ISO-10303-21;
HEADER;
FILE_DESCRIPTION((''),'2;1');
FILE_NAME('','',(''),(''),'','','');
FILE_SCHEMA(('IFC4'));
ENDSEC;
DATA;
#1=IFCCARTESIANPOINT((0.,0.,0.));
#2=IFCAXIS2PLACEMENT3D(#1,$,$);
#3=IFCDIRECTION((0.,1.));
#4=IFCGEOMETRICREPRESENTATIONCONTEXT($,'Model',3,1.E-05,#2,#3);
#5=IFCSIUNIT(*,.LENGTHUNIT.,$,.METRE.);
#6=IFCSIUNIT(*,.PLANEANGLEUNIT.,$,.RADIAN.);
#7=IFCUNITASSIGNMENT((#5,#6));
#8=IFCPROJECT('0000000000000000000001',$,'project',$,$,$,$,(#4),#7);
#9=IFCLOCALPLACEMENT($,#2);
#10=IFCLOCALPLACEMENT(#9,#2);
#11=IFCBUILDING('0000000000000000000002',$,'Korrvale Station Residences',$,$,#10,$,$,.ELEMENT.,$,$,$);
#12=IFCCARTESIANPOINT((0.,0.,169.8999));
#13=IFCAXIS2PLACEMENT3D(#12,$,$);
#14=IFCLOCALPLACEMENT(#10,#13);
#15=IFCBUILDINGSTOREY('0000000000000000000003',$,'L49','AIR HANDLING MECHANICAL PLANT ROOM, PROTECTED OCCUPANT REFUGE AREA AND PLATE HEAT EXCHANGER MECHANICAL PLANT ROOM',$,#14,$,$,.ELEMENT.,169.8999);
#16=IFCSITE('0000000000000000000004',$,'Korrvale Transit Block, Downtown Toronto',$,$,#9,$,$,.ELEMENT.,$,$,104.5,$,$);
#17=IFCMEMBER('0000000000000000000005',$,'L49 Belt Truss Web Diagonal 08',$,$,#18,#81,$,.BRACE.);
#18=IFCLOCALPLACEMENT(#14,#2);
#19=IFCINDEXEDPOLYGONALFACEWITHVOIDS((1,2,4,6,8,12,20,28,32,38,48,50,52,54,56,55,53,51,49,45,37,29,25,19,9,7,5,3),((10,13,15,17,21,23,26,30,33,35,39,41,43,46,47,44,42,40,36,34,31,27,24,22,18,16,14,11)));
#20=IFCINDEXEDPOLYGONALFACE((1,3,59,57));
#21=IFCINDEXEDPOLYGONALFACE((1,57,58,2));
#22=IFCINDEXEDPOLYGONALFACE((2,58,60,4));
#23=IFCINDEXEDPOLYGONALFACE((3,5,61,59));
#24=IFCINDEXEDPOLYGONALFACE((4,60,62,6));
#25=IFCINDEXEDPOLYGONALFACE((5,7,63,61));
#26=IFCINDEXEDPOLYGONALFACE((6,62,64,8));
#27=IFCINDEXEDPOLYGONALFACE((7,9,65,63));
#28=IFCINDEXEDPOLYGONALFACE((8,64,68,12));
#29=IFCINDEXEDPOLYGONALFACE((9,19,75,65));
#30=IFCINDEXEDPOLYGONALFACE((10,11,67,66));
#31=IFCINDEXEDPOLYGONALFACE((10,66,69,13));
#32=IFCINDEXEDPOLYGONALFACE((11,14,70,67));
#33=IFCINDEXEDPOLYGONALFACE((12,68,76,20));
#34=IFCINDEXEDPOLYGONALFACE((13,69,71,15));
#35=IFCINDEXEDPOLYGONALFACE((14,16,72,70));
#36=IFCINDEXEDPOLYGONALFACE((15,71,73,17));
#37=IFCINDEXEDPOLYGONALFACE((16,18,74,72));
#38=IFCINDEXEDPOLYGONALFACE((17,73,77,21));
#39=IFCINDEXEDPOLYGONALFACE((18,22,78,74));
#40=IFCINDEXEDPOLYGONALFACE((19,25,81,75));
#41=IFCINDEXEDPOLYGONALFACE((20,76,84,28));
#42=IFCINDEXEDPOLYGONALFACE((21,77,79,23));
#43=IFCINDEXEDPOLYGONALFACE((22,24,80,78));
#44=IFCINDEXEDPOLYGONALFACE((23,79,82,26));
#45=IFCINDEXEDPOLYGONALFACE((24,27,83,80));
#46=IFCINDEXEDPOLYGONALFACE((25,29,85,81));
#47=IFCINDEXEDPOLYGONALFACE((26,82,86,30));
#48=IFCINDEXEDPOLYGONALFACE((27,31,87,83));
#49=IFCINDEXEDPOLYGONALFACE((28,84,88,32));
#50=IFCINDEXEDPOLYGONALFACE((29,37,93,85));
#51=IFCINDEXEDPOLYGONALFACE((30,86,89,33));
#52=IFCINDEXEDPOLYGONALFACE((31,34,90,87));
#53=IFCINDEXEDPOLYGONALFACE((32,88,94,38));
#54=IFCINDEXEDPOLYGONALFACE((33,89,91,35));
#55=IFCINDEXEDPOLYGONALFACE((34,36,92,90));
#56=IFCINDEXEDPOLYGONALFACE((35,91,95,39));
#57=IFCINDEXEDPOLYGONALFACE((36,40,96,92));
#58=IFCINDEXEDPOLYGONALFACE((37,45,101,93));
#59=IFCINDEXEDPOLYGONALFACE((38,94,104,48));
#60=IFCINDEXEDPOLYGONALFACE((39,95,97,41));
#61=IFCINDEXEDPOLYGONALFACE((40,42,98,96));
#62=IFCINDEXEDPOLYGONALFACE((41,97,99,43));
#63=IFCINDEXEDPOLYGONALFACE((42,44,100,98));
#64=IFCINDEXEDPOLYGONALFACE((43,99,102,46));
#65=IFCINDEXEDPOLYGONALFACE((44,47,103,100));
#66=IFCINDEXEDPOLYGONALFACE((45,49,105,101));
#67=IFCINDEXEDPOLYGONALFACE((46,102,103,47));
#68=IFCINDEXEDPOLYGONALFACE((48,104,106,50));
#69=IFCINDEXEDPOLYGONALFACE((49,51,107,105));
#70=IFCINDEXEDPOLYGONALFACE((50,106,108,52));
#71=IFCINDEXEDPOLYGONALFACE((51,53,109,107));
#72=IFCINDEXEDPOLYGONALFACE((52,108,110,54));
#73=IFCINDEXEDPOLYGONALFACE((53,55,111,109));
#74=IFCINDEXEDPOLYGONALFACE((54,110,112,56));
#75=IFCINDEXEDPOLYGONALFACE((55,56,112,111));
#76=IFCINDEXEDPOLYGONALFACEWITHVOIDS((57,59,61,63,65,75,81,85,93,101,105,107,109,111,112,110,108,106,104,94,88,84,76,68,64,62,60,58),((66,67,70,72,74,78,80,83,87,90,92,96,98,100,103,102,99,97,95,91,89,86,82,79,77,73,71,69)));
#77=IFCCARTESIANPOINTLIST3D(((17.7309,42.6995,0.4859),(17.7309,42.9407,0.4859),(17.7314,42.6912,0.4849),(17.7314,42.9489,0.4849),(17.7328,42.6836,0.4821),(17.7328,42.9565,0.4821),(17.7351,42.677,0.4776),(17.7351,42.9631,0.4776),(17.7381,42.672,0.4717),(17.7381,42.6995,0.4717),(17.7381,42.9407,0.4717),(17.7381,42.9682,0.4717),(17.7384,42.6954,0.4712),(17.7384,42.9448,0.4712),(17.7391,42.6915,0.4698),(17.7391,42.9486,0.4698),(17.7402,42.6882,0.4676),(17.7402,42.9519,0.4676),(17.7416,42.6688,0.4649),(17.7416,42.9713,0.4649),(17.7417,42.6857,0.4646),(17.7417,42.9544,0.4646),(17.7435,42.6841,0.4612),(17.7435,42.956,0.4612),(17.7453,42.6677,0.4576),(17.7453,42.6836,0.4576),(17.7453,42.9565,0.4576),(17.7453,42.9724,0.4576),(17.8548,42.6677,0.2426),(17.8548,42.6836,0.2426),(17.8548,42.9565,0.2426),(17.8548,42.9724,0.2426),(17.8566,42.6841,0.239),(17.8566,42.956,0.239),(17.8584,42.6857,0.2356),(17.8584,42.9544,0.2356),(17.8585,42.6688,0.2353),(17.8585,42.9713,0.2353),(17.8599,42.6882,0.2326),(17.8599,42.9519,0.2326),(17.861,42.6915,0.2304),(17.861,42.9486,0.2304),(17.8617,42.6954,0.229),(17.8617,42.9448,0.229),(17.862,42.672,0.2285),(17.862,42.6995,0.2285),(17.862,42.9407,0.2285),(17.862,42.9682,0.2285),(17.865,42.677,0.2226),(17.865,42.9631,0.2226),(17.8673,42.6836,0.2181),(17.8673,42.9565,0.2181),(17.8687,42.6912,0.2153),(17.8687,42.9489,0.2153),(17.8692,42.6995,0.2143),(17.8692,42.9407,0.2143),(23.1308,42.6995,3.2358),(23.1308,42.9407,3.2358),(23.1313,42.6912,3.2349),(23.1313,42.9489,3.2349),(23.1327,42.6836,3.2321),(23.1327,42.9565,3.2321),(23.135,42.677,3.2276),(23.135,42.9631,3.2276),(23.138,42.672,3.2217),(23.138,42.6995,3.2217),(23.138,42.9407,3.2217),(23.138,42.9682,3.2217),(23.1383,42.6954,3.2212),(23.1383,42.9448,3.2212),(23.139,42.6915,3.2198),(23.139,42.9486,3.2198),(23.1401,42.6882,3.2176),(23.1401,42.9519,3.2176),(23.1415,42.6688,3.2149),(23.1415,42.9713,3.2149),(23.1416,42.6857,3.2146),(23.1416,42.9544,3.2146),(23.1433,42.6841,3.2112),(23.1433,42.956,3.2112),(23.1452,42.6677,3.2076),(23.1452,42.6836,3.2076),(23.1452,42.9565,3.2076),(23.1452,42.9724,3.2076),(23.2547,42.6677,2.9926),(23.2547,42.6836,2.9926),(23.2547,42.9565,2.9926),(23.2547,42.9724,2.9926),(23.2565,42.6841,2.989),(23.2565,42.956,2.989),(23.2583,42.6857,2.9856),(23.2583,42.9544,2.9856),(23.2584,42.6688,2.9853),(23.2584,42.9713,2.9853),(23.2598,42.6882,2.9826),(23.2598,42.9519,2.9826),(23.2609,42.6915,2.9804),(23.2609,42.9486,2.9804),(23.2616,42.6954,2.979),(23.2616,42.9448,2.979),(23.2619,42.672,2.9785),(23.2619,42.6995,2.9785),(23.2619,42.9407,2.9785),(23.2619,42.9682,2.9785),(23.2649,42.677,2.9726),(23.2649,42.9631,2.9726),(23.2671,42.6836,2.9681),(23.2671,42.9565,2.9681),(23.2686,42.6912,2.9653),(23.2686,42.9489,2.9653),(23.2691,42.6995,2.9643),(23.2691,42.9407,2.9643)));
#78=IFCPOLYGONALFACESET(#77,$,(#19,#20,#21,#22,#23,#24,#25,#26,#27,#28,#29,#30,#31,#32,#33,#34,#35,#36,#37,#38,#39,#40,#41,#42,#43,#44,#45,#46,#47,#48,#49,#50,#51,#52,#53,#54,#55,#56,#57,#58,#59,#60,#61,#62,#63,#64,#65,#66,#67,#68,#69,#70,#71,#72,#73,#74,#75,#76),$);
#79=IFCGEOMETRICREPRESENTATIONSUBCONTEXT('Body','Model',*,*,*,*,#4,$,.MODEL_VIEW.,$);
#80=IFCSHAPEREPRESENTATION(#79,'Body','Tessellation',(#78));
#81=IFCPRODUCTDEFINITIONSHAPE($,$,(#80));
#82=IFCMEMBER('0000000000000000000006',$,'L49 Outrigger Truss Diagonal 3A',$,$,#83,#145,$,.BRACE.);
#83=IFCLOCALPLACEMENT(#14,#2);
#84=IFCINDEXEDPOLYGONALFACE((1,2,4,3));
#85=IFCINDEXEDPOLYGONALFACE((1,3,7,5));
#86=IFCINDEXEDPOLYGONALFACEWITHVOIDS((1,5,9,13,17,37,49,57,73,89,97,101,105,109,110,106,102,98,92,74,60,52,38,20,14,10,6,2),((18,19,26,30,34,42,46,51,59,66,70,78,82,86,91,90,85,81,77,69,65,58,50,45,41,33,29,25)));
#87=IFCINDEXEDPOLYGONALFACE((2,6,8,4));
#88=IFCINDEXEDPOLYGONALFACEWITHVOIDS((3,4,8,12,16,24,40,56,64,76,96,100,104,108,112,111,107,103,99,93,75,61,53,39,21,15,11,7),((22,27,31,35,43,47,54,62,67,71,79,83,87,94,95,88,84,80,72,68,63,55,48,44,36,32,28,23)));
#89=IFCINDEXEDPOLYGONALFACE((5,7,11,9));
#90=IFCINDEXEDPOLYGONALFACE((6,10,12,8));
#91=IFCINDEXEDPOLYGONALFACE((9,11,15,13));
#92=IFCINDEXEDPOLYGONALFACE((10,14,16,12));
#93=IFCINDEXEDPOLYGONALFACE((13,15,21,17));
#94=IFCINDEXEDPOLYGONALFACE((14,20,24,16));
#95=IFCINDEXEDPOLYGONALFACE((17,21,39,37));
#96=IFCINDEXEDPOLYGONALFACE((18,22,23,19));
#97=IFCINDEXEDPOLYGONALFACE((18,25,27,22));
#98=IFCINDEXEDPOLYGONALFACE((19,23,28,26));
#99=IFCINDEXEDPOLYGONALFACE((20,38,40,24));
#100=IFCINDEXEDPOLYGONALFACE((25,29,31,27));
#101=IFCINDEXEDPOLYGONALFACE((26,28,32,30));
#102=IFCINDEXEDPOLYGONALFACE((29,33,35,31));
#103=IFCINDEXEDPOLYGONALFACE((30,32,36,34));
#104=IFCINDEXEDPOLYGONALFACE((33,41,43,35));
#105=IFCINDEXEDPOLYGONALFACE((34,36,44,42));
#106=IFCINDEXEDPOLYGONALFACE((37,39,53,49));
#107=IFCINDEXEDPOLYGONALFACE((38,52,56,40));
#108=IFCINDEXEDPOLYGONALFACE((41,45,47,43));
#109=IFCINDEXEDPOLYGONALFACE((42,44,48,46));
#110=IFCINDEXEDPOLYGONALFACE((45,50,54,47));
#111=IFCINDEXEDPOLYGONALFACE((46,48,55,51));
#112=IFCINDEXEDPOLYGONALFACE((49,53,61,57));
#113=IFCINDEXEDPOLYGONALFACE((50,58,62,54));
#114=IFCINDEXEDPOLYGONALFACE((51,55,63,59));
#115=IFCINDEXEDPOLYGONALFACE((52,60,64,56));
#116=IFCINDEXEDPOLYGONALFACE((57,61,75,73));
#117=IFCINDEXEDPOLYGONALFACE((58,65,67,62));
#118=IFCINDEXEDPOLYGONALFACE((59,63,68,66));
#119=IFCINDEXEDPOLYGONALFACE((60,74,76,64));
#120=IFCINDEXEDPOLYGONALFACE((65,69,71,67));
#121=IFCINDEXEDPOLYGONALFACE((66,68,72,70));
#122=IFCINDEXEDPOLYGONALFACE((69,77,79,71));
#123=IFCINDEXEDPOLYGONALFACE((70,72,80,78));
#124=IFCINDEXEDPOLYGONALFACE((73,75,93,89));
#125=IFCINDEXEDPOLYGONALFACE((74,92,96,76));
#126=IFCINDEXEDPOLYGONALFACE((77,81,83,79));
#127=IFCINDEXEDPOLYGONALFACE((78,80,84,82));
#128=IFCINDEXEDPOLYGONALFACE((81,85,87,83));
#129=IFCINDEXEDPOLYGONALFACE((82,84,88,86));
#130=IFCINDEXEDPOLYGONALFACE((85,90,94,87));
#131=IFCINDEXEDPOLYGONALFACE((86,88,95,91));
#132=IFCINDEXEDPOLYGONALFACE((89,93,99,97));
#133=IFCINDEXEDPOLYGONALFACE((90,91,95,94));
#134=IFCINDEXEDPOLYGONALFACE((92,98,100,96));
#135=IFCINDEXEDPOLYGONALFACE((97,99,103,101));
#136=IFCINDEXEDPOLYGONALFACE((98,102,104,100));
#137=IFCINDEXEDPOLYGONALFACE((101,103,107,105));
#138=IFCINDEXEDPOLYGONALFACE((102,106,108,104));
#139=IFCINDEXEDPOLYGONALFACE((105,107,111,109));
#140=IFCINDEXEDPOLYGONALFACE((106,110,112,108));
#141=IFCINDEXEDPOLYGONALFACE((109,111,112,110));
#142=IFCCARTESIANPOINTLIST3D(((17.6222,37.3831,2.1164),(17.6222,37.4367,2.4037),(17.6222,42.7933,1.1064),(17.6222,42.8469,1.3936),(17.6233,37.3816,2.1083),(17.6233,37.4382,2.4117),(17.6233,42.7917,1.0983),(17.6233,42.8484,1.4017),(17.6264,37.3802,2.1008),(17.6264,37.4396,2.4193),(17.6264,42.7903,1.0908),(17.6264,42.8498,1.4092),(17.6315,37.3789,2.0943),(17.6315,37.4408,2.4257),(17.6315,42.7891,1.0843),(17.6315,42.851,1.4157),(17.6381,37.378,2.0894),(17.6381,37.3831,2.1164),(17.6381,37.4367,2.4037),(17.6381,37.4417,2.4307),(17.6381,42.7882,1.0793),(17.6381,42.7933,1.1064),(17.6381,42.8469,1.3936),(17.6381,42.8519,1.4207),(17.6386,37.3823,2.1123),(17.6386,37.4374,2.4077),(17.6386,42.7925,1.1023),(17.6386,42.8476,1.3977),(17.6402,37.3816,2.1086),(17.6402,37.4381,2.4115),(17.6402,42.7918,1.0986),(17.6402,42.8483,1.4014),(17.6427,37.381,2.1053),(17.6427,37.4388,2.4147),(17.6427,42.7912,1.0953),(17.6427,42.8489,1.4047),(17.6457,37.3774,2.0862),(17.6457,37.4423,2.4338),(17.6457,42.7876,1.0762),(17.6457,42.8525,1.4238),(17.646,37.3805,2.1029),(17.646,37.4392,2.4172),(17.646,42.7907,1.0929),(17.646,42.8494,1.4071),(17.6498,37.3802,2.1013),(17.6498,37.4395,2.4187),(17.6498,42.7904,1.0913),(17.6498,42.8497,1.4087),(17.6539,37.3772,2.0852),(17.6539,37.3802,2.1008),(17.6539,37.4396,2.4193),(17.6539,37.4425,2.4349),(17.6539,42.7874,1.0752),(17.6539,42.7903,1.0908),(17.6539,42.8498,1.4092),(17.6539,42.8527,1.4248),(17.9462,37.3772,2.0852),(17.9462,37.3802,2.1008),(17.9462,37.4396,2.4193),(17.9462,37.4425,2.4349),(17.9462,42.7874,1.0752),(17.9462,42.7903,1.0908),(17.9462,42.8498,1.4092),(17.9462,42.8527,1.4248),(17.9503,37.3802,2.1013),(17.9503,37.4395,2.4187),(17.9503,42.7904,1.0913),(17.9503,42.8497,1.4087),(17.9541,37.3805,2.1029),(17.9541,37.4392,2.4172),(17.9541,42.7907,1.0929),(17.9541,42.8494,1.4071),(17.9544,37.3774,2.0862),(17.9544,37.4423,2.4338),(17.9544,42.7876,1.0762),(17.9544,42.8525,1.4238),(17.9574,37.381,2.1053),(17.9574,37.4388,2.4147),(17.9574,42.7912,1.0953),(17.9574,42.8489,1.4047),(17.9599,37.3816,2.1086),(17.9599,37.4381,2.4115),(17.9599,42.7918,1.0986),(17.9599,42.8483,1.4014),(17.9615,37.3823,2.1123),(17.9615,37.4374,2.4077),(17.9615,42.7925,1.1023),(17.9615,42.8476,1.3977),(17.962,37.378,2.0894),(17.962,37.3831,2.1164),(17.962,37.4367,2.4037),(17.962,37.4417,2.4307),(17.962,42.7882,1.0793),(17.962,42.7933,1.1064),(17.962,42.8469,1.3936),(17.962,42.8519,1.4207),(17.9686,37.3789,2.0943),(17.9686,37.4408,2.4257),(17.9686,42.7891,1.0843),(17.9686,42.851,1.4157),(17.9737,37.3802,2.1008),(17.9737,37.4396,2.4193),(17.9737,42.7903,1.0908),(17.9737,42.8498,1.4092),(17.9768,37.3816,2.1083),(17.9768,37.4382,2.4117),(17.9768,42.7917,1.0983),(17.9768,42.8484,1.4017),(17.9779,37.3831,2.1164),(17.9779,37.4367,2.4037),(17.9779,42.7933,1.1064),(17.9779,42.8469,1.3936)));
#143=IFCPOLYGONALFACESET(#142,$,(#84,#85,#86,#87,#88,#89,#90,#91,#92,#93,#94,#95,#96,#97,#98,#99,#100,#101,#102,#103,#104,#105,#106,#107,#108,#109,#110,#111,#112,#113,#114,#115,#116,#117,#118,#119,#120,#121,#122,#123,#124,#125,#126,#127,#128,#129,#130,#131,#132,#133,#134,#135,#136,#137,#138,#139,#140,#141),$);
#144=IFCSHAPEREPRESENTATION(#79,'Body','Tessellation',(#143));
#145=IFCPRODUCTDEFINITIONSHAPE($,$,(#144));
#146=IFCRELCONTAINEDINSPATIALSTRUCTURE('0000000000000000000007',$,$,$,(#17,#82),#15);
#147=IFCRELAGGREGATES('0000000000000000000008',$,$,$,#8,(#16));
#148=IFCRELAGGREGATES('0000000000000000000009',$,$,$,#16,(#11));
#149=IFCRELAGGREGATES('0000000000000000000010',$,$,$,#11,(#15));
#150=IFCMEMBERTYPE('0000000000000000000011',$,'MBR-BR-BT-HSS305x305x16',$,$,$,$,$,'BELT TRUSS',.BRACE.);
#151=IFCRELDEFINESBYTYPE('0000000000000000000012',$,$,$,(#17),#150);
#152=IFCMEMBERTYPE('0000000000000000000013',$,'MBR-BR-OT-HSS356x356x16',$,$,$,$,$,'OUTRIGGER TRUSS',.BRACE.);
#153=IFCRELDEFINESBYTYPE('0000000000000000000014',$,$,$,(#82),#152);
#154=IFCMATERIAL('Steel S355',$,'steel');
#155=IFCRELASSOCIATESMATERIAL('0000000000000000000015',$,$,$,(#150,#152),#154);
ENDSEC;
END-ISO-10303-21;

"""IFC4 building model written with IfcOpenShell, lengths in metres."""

from ifc_helpers import new_model, si_unit, direction, frame, origin, origin_2d, place, context, subcontext, project, spatial, hollow_rectangle, extrude, material, material_profile, profile_set, type_object, element, save


model = new_model("IFC4")

# Units and contexts
model_context = context("Model", 3, precision=1e-05, world=origin(), true_north=direction((0.0, 1.0)))
body_context = subcontext(model_context, "Body", "Model", "MODEL_VIEW")
ifc_project = project(units=[si_unit("LENGTHUNIT", "METRE"), si_unit("PLANEANGLEUNIT", "RADIAN")], contexts=[model_context])

# Site, building, storey
site_placement = place(None, origin())
site = spatial("IfcSite", under=ifc_project, at=site_placement, Name="Korrvale Transit Block, Downtown Toronto", CompositionType="ELEMENT", RefElevation=104.5)
building_placement = place(site_placement, origin())
building = spatial("IfcBuilding", under=site, at=building_placement, Name="Korrvale Station Residences", CompositionType="ELEMENT")
storey_placement = place(building_placement, frame((0.0, 0.0, 169.8999)))
storey = spatial("IfcBuildingStorey", under=building, at=storey_placement, Name="L49", Description="AIR HANDLING MECHANICAL PLANT ROOM, PROTECTED OCCUPANT REFUGE AREA AND PLATE HEAT EXCHANGER MECHANICAL PLANT ROOM", CompositionType="ELEMENT", Elevation=169.8999)

# Members
ifc_material_1 = material(Name="Steel S355", Category="steel")
ifc_material_profile_1 = material_profile(ifc_material_1, hollow_rectangle(XDim=0.3047, YDim=0.3047, WallThickness=0.0159, InnerFilletRadius=0.0159, OuterFilletRadius=0.0317, at=origin_2d()), Name="HSS305x305x16")
ifc_profile_set_1 = profile_set([ifc_material_profile_1], Name="Steel S355")
member_type_1 = type_object("IfcMemberType", Name="MBR-BR-BT-HSS305x305x16", ElementType="BELT TRUSS", PredefinedType="BRACE", material=ifc_profile_set_1)
member_1_placement = place(storey_placement, frame((17.8, 42.8201, 0.3501), z_axis=(0.891099, 0.0, 0.453809), x_axis=(0.0, 1.0, 0.0)))
element("IfcMember", 1, at=member_1_placement, inside=storey, type_object=member_type_1, Name="L49 Belt Truss Web Diagonal 08", PredefinedType="BRACE", context=body_context, shape_type="SweptSolid", body=[
    extrude(hollow_rectangle(XDim=0.3047, YDim=0.3047, WallThickness=0.0159, InnerFilletRadius=0.0159, OuterFilletRadius=0.0317, at=origin_2d()), origin(), (0.0, 0.0, 1.0), 6.0598),
])
ifc_material_profile_2 = material_profile(ifc_material_1, hollow_rectangle(XDim=0.3557, YDim=0.3557, WallThickness=0.0159, InnerFilletRadius=0.0159, OuterFilletRadius=0.0317, at=origin_2d()), Name="HSS356x356x16")
ifc_profile_set_2 = profile_set([ifc_material_profile_2], Name="Steel S355")
member_type_2 = type_object("IfcMemberType", Name="MBR-BR-OT-HSS356x356x16", ElementType="OUTRIGGER TRUSS", PredefinedType="BRACE", material=ifc_profile_set_2)
member_2_placement = place(storey_placement, frame((17.8, 42.8201, 1.25), z_axis=(0.0, -0.983017, 0.183517), x_axis=(1.0, 0.0, 0.0)))
element("IfcMember", 2, at=member_2_placement, inside=storey, type_object=member_type_2, Name="L49 Outrigger Truss Diagonal 3A", PredefinedType="BRACE", context=body_context, shape_type="SweptSolid", body=[
    extrude(hollow_rectangle(XDim=0.3557, YDim=0.3557, WallThickness=0.0159, InnerFilletRadius=0.0159, OuterFilletRadius=0.0317, at=origin_2d()), origin(), (0.0, 0.0, 1.0), 5.5037),
])

save(model, "model.ifc")
